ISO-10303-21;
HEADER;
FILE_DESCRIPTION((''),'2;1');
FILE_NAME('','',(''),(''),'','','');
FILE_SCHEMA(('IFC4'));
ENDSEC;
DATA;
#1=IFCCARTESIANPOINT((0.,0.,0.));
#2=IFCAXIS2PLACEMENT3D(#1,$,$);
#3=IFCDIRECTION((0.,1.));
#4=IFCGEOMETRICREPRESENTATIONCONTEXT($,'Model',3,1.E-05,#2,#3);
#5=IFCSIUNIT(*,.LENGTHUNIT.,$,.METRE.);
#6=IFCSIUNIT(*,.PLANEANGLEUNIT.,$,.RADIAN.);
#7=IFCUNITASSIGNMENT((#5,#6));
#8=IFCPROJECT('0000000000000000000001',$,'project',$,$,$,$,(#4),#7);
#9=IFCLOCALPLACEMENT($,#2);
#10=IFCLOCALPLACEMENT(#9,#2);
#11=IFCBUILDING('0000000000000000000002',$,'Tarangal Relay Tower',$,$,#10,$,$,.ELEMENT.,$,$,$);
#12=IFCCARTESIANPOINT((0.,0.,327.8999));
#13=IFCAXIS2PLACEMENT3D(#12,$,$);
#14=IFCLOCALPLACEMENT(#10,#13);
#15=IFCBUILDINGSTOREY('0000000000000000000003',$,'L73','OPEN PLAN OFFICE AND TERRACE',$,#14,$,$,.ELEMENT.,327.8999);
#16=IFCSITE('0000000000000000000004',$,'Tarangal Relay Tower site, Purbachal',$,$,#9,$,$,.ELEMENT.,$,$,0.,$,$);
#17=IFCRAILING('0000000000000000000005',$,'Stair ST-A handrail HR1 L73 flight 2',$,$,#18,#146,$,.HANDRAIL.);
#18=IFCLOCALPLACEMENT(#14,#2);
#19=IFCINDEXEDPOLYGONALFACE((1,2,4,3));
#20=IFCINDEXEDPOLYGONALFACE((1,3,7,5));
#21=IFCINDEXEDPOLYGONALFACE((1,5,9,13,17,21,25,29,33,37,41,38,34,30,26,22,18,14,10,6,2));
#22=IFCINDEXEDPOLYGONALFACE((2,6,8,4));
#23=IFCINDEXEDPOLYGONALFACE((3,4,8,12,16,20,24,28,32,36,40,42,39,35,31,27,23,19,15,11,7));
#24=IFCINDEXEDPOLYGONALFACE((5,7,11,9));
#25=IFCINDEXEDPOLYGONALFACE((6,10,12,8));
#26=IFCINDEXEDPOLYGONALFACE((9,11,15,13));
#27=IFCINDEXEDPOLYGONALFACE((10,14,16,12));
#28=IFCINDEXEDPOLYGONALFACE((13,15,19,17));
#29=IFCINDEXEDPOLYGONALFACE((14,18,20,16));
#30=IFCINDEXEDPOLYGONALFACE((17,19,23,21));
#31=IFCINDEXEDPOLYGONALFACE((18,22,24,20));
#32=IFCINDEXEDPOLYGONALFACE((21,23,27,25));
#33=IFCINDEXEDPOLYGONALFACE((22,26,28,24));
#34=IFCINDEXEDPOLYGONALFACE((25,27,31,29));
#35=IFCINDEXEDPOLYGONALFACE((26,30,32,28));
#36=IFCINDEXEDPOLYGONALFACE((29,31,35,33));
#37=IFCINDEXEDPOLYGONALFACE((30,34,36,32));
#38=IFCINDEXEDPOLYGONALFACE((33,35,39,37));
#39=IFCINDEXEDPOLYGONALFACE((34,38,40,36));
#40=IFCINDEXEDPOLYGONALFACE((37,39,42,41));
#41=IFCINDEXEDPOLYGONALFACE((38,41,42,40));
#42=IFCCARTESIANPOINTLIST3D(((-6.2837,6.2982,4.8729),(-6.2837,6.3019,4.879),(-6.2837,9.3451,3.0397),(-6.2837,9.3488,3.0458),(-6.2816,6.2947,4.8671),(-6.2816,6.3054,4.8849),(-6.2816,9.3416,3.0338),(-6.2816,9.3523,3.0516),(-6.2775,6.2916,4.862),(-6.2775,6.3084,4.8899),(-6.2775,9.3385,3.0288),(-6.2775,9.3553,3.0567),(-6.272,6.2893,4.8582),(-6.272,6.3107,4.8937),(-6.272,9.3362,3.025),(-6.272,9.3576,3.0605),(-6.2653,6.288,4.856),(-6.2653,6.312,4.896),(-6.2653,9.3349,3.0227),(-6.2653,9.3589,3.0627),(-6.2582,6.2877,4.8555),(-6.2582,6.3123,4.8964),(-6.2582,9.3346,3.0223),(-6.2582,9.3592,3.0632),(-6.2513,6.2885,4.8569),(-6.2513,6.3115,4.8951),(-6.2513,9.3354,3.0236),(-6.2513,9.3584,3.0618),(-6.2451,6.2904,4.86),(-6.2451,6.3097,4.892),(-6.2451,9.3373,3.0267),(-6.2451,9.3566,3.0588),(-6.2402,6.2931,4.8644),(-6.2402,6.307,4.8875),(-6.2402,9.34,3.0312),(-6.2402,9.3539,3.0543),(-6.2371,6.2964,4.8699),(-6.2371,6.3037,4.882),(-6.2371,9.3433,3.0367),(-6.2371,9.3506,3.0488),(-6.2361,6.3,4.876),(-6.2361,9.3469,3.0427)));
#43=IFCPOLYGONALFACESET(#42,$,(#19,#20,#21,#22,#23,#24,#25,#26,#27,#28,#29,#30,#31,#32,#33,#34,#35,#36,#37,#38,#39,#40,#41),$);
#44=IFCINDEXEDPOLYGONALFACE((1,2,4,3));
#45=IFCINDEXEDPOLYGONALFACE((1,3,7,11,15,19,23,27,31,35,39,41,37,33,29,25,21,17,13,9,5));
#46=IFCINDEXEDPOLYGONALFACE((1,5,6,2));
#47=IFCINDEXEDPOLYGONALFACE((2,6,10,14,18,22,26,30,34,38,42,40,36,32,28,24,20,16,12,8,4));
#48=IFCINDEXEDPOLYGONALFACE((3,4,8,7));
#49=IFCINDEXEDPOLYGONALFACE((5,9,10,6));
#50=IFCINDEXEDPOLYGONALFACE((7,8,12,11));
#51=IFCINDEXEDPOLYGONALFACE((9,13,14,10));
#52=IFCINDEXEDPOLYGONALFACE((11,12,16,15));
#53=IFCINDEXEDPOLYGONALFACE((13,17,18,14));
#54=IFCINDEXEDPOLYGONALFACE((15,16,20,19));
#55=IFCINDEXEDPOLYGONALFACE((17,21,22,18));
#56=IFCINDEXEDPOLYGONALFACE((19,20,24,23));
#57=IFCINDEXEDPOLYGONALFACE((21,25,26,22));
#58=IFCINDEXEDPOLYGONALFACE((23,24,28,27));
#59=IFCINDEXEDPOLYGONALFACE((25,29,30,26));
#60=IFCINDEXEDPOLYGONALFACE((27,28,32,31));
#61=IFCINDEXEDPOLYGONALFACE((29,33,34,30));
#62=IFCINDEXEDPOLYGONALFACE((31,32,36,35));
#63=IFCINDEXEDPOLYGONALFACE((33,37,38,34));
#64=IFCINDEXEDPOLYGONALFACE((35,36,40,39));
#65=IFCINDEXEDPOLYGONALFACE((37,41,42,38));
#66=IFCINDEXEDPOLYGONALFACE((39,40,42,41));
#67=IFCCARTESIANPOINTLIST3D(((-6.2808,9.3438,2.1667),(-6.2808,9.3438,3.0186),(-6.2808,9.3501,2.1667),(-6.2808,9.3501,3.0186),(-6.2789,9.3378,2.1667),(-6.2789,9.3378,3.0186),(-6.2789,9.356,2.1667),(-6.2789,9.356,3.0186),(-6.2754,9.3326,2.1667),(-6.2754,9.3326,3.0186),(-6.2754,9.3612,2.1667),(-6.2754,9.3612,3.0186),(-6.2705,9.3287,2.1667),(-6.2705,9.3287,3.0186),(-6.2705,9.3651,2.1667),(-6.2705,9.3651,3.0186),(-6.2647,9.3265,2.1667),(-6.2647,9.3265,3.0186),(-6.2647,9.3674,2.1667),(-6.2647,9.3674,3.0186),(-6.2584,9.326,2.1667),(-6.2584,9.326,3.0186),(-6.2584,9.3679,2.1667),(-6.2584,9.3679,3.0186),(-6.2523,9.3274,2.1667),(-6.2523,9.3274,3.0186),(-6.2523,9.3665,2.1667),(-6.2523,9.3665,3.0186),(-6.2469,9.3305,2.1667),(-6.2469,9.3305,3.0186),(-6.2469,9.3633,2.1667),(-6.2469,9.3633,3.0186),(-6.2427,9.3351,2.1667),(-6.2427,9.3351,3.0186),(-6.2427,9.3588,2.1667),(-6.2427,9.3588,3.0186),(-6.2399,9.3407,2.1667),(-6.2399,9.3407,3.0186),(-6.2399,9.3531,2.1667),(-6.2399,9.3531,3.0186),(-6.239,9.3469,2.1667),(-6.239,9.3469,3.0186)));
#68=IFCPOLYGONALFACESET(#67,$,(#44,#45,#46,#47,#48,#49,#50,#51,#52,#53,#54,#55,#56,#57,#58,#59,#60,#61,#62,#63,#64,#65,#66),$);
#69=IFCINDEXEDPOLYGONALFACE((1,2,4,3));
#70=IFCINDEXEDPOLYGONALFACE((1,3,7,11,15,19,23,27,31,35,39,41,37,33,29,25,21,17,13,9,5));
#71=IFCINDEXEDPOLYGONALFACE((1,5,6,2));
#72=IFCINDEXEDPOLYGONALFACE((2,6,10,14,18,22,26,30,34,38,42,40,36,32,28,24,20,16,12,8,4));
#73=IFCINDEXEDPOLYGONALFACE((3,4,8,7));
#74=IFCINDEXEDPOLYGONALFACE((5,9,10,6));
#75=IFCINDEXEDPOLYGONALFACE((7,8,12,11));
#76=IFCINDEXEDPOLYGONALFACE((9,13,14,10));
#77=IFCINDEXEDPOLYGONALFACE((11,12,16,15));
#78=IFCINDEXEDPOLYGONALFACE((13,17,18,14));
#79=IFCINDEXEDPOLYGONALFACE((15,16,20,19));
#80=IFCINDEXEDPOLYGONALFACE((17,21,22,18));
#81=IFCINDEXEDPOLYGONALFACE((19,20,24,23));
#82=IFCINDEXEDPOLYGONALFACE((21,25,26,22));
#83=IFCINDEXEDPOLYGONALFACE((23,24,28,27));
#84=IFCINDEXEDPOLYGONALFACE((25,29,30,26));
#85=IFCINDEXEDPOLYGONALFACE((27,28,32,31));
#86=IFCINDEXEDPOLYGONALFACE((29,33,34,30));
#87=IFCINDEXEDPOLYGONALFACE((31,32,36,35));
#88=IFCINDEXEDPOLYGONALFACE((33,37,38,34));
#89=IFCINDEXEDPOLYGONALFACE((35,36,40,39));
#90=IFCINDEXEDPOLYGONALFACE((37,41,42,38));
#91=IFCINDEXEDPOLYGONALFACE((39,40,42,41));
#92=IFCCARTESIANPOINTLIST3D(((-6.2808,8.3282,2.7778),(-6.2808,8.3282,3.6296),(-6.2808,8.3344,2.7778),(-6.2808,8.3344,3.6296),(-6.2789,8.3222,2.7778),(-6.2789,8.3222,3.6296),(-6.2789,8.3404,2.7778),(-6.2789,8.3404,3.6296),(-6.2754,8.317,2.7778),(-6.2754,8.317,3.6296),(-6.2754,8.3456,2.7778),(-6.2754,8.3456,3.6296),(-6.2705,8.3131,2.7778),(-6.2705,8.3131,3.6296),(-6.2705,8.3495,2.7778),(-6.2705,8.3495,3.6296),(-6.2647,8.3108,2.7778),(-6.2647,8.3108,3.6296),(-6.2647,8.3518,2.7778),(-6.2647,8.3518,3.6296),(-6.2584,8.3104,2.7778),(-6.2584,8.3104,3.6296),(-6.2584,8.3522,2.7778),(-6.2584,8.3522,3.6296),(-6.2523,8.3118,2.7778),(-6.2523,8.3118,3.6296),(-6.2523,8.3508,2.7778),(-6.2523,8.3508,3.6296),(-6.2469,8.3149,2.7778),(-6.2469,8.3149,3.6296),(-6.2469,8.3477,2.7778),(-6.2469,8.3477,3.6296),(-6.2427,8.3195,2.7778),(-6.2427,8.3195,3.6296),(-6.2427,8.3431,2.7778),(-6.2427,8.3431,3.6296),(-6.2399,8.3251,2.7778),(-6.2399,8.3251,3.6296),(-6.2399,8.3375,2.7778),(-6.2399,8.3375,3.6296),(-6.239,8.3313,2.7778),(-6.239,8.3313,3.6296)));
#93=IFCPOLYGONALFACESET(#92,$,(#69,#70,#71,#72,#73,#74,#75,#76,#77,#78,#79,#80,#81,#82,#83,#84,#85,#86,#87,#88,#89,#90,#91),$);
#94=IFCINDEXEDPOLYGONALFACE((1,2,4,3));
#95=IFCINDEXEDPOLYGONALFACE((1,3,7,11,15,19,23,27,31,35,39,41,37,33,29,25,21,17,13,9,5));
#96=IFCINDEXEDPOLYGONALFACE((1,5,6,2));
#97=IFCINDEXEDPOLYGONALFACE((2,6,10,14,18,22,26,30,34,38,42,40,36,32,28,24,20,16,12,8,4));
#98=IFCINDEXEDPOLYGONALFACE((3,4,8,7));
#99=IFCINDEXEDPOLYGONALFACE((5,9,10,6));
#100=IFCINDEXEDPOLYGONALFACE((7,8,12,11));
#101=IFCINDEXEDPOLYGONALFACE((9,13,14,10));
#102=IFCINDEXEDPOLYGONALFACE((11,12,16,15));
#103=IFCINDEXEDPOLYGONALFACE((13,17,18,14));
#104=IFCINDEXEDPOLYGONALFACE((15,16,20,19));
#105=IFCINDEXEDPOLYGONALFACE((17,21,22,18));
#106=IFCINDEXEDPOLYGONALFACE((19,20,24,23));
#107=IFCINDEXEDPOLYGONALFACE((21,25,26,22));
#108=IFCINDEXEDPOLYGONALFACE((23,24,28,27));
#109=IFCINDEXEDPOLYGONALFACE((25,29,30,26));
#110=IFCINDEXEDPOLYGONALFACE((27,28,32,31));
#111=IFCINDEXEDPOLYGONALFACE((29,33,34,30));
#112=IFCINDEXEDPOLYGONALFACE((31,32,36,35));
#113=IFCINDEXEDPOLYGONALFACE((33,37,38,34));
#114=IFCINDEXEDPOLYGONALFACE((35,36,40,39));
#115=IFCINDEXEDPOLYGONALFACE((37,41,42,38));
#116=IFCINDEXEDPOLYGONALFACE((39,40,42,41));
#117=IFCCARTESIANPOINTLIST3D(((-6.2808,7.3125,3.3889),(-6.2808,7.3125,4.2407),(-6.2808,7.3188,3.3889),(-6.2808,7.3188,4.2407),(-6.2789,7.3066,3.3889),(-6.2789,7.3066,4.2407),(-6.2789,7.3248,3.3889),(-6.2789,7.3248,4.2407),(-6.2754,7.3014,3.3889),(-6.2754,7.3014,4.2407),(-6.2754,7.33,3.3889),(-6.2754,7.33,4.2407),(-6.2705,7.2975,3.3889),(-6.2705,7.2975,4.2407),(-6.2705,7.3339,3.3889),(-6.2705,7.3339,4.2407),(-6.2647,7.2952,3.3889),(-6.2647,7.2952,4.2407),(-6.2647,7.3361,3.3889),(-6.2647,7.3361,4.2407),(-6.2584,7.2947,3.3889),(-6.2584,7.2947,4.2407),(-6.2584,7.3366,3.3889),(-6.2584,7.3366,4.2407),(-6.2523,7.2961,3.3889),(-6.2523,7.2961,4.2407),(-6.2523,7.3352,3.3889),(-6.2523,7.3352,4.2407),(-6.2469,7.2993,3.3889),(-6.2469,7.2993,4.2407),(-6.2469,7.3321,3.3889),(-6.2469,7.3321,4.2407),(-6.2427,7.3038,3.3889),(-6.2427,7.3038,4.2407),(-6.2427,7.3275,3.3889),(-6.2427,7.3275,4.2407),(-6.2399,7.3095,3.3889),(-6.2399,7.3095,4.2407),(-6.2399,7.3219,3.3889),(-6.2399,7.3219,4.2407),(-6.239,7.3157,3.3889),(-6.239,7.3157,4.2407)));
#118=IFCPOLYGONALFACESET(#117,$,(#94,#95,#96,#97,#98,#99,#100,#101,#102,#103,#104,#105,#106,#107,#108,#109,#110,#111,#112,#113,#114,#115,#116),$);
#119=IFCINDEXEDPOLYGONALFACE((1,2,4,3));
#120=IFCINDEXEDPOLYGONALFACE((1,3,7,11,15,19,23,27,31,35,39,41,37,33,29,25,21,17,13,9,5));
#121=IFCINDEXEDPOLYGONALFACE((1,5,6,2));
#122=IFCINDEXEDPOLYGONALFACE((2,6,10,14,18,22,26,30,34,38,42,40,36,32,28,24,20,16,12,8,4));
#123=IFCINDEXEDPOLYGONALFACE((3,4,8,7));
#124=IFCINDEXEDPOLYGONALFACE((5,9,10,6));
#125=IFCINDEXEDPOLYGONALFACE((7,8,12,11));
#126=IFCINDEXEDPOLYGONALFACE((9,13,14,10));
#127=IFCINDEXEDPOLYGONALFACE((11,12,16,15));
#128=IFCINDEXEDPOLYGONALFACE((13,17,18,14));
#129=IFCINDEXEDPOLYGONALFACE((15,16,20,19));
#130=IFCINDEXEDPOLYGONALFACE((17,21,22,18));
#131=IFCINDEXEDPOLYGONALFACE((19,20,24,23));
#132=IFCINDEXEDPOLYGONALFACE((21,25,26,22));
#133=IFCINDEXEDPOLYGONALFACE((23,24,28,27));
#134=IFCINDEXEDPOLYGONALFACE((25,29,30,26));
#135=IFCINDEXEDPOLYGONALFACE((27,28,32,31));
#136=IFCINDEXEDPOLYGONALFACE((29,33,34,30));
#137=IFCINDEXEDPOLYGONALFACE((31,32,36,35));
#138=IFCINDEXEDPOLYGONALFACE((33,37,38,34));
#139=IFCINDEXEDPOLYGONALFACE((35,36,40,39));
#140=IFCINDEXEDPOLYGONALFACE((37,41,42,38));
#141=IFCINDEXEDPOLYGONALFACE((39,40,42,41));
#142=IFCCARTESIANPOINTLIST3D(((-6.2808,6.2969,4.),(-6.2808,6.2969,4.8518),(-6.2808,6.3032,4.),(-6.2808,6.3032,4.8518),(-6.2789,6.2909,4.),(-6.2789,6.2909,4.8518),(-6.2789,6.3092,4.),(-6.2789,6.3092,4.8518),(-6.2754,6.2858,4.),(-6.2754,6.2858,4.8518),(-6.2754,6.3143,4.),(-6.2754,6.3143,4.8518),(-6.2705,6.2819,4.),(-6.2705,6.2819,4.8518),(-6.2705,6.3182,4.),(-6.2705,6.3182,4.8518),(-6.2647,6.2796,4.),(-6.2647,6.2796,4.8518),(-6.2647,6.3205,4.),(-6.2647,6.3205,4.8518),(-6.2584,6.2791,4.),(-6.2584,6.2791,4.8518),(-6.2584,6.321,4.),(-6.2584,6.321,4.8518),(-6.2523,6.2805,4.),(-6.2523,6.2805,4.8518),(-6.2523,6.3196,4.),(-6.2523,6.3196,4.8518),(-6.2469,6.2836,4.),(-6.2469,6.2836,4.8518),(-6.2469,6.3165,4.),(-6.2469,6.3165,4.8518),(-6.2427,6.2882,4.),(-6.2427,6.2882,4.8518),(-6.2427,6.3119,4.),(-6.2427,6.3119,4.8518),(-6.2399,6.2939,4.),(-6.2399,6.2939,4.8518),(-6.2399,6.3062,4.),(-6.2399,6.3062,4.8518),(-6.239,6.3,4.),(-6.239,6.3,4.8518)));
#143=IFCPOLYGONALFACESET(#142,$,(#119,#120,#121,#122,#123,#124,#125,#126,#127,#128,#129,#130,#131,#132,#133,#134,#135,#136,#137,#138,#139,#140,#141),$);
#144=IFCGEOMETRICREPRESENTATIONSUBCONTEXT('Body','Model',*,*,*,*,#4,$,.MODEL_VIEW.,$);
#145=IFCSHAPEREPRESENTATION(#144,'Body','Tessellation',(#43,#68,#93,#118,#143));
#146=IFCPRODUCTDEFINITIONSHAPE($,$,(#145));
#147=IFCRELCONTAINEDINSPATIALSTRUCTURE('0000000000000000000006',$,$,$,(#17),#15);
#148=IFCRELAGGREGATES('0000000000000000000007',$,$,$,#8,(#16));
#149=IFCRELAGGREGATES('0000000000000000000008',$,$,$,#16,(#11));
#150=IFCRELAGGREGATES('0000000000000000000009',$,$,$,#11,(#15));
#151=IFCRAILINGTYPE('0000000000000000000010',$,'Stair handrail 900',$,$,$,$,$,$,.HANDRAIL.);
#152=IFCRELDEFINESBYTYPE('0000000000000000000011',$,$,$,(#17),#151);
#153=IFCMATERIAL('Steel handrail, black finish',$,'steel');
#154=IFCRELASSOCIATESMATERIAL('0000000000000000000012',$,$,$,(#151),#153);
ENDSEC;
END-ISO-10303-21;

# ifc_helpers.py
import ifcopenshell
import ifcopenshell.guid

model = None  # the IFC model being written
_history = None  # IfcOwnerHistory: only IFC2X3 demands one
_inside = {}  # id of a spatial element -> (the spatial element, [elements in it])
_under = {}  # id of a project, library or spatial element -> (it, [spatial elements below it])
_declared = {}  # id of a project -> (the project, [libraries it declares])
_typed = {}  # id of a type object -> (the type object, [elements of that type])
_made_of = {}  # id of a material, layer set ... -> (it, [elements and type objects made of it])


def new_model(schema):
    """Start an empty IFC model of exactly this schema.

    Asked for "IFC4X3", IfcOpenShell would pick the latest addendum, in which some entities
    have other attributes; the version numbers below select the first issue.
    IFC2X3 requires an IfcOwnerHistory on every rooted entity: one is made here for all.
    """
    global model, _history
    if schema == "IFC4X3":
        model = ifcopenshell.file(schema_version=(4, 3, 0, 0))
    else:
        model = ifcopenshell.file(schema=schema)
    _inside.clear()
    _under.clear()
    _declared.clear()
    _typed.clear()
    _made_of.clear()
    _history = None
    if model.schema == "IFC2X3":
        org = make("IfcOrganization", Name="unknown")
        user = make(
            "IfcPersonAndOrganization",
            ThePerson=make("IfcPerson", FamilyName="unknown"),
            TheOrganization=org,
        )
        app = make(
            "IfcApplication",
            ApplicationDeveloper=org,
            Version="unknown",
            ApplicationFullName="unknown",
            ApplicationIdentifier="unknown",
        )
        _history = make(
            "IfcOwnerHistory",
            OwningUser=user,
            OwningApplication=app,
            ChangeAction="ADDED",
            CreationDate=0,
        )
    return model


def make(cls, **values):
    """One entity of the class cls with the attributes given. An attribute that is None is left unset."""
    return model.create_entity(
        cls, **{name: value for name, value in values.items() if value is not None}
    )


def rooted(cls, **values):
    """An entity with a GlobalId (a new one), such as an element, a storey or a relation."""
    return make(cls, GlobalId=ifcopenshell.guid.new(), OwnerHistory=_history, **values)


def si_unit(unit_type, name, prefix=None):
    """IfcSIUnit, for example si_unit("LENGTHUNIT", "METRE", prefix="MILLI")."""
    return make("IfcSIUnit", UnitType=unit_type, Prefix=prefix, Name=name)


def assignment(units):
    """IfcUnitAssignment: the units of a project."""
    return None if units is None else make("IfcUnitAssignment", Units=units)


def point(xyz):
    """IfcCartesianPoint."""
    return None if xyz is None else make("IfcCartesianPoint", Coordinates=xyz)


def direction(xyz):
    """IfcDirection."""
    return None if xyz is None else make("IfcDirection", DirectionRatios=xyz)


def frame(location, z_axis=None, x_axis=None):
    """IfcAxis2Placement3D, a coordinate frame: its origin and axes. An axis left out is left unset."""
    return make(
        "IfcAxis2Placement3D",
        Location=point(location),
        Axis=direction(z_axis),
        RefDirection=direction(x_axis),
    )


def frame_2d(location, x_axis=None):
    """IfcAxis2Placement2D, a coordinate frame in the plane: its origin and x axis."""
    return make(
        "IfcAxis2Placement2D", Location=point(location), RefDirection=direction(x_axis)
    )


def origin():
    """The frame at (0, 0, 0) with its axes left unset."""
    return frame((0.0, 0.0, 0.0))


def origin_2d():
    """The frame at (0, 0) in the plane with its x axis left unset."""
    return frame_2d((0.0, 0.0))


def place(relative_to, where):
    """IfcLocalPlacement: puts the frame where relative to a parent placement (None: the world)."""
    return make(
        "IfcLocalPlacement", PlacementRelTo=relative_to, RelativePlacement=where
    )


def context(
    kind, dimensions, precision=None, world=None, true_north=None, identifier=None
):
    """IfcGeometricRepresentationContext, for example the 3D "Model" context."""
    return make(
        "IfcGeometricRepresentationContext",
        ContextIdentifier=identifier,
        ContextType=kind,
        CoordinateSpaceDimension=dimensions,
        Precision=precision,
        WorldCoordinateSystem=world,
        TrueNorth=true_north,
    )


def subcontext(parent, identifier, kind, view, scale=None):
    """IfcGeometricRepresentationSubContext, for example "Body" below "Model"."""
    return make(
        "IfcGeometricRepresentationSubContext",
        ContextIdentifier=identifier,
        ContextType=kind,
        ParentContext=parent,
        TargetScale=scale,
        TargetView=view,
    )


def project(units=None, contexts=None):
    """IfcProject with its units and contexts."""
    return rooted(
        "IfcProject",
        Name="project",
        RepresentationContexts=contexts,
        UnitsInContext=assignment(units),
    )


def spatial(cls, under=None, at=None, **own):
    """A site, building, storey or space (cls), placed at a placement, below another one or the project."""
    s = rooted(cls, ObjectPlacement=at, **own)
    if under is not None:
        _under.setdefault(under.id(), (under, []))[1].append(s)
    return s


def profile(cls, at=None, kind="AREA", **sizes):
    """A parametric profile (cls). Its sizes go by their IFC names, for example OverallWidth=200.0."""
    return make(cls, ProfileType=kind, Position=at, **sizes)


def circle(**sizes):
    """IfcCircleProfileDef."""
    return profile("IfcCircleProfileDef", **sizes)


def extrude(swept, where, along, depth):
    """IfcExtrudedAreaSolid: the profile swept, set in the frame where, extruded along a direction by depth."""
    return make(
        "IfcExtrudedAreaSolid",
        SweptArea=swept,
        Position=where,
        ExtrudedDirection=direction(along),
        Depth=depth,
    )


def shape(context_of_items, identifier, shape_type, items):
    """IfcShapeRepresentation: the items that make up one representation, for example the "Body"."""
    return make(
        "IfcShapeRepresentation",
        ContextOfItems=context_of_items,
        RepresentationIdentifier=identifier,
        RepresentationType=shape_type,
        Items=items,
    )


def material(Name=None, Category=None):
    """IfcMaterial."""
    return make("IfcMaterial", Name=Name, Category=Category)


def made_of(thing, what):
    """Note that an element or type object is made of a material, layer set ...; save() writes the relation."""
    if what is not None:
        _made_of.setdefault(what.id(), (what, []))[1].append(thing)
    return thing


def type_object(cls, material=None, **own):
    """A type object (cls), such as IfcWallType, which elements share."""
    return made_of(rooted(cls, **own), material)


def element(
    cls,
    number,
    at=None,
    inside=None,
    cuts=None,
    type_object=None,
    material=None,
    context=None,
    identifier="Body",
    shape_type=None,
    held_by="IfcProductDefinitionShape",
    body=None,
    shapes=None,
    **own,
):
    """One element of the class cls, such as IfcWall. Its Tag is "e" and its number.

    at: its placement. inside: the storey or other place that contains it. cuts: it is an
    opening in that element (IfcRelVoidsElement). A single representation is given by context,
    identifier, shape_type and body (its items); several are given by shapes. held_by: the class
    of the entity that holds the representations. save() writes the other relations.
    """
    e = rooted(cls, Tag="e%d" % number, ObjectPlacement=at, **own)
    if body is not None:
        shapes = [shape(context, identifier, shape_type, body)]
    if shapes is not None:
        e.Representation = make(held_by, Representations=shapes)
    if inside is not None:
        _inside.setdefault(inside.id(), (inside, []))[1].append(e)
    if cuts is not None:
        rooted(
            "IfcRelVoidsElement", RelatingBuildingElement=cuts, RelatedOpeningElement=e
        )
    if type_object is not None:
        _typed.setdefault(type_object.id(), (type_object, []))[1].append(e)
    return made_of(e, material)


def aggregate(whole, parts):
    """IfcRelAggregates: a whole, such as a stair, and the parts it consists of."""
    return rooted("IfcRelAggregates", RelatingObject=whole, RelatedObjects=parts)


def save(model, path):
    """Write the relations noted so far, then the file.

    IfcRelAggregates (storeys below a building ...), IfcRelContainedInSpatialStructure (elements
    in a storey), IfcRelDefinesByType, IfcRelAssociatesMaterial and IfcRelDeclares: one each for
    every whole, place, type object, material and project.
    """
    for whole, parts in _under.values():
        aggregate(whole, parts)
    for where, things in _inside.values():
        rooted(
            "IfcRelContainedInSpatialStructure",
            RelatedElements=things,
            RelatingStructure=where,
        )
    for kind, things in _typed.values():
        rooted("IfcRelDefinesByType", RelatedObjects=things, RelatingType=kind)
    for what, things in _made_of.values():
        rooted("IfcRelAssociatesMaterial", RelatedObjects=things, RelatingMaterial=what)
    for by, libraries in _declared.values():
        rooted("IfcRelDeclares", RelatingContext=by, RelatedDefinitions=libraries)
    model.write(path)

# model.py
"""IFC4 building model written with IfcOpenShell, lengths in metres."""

from ifc_helpers import new_model, si_unit, direction, frame, origin, origin_2d, place, context, subcontext, project, spatial, circle, extrude, material, type_object, element, save


model = new_model("IFC4")

# Units and contexts
model_context = context("Model", 3, precision=1e-05, world=origin(), true_north=direction((0.0, 1.0)))
body_context = subcontext(model_context, "Body", "Model", "MODEL_VIEW")
ifc_project = project(units=[si_unit("LENGTHUNIT", "METRE"), si_unit("PLANEANGLEUNIT", "RADIAN")], contexts=[model_context])

# Site, building, storey
site_placement = place(None, origin())
site = spatial("IfcSite", under=ifc_project, at=site_placement, Name="Tarangal Relay Tower site, Purbachal", CompositionType="ELEMENT", RefElevation=0.0)
building_placement = place(site_placement, origin())
building = spatial("IfcBuilding", under=site, at=building_placement, Name="Tarangal Relay Tower", CompositionType="ELEMENT")
storey_placement = place(building_placement, frame((0.0, 0.0, 327.8999)))
storey = spatial("IfcBuildingStorey", under=building, at=storey_placement, Name="L73", Description="OPEN PLAN OFFICE AND TERRACE", CompositionType="ELEMENT", Elevation=327.8999)

# Railing
ifc_material_1 = material(Name="Steel handrail, black finish", Category="steel")
railing_type_1 = type_object("IfcRailingType", Name="Stair handrail 900", PredefinedType="HANDRAIL", material=ifc_material_1)
railing_1_placement = place(storey_placement, frame((-6.26, 9.3469, 2.1667)))
element("IfcRailing", 1, at=railing_1_placement, inside=storey, type_object=railing_type_1, Name="Stair ST-A handrail HR1 L73 flight 2", PredefinedType="HANDRAIL", context=body_context, shape_type="SweptSolid", body=[
    extrude(circle(Radius=0.0239, at=origin_2d()), frame((0.0, 0.0, 0.876), z_axis=(0.0, -0.856856, 0.515556), x_axis=(1.0, 0.0, 0.0)), (0.0, 0.0, 1.0), 3.5559),
    extrude(circle(Radius=0.021, at=origin_2d()), origin(), (0.0, 0.0, 1.0), 0.8518),
    extrude(circle(Radius=0.021, at=origin_2d()), frame((0.0, -1.0156, 0.6111)), (0.0, 0.0, 1.0), 0.8518),
    extrude(circle(Radius=0.021, at=origin_2d()), frame((0.0, -2.0312, 1.2222)), (0.0, 0.0, 1.0), 0.8518),
    extrude(circle(Radius=0.021, at=origin_2d()), frame((0.0, -3.0469, 1.8333)), (0.0, 0.0, 1.0), 0.8518),
])

save(model, "model.ifc")
